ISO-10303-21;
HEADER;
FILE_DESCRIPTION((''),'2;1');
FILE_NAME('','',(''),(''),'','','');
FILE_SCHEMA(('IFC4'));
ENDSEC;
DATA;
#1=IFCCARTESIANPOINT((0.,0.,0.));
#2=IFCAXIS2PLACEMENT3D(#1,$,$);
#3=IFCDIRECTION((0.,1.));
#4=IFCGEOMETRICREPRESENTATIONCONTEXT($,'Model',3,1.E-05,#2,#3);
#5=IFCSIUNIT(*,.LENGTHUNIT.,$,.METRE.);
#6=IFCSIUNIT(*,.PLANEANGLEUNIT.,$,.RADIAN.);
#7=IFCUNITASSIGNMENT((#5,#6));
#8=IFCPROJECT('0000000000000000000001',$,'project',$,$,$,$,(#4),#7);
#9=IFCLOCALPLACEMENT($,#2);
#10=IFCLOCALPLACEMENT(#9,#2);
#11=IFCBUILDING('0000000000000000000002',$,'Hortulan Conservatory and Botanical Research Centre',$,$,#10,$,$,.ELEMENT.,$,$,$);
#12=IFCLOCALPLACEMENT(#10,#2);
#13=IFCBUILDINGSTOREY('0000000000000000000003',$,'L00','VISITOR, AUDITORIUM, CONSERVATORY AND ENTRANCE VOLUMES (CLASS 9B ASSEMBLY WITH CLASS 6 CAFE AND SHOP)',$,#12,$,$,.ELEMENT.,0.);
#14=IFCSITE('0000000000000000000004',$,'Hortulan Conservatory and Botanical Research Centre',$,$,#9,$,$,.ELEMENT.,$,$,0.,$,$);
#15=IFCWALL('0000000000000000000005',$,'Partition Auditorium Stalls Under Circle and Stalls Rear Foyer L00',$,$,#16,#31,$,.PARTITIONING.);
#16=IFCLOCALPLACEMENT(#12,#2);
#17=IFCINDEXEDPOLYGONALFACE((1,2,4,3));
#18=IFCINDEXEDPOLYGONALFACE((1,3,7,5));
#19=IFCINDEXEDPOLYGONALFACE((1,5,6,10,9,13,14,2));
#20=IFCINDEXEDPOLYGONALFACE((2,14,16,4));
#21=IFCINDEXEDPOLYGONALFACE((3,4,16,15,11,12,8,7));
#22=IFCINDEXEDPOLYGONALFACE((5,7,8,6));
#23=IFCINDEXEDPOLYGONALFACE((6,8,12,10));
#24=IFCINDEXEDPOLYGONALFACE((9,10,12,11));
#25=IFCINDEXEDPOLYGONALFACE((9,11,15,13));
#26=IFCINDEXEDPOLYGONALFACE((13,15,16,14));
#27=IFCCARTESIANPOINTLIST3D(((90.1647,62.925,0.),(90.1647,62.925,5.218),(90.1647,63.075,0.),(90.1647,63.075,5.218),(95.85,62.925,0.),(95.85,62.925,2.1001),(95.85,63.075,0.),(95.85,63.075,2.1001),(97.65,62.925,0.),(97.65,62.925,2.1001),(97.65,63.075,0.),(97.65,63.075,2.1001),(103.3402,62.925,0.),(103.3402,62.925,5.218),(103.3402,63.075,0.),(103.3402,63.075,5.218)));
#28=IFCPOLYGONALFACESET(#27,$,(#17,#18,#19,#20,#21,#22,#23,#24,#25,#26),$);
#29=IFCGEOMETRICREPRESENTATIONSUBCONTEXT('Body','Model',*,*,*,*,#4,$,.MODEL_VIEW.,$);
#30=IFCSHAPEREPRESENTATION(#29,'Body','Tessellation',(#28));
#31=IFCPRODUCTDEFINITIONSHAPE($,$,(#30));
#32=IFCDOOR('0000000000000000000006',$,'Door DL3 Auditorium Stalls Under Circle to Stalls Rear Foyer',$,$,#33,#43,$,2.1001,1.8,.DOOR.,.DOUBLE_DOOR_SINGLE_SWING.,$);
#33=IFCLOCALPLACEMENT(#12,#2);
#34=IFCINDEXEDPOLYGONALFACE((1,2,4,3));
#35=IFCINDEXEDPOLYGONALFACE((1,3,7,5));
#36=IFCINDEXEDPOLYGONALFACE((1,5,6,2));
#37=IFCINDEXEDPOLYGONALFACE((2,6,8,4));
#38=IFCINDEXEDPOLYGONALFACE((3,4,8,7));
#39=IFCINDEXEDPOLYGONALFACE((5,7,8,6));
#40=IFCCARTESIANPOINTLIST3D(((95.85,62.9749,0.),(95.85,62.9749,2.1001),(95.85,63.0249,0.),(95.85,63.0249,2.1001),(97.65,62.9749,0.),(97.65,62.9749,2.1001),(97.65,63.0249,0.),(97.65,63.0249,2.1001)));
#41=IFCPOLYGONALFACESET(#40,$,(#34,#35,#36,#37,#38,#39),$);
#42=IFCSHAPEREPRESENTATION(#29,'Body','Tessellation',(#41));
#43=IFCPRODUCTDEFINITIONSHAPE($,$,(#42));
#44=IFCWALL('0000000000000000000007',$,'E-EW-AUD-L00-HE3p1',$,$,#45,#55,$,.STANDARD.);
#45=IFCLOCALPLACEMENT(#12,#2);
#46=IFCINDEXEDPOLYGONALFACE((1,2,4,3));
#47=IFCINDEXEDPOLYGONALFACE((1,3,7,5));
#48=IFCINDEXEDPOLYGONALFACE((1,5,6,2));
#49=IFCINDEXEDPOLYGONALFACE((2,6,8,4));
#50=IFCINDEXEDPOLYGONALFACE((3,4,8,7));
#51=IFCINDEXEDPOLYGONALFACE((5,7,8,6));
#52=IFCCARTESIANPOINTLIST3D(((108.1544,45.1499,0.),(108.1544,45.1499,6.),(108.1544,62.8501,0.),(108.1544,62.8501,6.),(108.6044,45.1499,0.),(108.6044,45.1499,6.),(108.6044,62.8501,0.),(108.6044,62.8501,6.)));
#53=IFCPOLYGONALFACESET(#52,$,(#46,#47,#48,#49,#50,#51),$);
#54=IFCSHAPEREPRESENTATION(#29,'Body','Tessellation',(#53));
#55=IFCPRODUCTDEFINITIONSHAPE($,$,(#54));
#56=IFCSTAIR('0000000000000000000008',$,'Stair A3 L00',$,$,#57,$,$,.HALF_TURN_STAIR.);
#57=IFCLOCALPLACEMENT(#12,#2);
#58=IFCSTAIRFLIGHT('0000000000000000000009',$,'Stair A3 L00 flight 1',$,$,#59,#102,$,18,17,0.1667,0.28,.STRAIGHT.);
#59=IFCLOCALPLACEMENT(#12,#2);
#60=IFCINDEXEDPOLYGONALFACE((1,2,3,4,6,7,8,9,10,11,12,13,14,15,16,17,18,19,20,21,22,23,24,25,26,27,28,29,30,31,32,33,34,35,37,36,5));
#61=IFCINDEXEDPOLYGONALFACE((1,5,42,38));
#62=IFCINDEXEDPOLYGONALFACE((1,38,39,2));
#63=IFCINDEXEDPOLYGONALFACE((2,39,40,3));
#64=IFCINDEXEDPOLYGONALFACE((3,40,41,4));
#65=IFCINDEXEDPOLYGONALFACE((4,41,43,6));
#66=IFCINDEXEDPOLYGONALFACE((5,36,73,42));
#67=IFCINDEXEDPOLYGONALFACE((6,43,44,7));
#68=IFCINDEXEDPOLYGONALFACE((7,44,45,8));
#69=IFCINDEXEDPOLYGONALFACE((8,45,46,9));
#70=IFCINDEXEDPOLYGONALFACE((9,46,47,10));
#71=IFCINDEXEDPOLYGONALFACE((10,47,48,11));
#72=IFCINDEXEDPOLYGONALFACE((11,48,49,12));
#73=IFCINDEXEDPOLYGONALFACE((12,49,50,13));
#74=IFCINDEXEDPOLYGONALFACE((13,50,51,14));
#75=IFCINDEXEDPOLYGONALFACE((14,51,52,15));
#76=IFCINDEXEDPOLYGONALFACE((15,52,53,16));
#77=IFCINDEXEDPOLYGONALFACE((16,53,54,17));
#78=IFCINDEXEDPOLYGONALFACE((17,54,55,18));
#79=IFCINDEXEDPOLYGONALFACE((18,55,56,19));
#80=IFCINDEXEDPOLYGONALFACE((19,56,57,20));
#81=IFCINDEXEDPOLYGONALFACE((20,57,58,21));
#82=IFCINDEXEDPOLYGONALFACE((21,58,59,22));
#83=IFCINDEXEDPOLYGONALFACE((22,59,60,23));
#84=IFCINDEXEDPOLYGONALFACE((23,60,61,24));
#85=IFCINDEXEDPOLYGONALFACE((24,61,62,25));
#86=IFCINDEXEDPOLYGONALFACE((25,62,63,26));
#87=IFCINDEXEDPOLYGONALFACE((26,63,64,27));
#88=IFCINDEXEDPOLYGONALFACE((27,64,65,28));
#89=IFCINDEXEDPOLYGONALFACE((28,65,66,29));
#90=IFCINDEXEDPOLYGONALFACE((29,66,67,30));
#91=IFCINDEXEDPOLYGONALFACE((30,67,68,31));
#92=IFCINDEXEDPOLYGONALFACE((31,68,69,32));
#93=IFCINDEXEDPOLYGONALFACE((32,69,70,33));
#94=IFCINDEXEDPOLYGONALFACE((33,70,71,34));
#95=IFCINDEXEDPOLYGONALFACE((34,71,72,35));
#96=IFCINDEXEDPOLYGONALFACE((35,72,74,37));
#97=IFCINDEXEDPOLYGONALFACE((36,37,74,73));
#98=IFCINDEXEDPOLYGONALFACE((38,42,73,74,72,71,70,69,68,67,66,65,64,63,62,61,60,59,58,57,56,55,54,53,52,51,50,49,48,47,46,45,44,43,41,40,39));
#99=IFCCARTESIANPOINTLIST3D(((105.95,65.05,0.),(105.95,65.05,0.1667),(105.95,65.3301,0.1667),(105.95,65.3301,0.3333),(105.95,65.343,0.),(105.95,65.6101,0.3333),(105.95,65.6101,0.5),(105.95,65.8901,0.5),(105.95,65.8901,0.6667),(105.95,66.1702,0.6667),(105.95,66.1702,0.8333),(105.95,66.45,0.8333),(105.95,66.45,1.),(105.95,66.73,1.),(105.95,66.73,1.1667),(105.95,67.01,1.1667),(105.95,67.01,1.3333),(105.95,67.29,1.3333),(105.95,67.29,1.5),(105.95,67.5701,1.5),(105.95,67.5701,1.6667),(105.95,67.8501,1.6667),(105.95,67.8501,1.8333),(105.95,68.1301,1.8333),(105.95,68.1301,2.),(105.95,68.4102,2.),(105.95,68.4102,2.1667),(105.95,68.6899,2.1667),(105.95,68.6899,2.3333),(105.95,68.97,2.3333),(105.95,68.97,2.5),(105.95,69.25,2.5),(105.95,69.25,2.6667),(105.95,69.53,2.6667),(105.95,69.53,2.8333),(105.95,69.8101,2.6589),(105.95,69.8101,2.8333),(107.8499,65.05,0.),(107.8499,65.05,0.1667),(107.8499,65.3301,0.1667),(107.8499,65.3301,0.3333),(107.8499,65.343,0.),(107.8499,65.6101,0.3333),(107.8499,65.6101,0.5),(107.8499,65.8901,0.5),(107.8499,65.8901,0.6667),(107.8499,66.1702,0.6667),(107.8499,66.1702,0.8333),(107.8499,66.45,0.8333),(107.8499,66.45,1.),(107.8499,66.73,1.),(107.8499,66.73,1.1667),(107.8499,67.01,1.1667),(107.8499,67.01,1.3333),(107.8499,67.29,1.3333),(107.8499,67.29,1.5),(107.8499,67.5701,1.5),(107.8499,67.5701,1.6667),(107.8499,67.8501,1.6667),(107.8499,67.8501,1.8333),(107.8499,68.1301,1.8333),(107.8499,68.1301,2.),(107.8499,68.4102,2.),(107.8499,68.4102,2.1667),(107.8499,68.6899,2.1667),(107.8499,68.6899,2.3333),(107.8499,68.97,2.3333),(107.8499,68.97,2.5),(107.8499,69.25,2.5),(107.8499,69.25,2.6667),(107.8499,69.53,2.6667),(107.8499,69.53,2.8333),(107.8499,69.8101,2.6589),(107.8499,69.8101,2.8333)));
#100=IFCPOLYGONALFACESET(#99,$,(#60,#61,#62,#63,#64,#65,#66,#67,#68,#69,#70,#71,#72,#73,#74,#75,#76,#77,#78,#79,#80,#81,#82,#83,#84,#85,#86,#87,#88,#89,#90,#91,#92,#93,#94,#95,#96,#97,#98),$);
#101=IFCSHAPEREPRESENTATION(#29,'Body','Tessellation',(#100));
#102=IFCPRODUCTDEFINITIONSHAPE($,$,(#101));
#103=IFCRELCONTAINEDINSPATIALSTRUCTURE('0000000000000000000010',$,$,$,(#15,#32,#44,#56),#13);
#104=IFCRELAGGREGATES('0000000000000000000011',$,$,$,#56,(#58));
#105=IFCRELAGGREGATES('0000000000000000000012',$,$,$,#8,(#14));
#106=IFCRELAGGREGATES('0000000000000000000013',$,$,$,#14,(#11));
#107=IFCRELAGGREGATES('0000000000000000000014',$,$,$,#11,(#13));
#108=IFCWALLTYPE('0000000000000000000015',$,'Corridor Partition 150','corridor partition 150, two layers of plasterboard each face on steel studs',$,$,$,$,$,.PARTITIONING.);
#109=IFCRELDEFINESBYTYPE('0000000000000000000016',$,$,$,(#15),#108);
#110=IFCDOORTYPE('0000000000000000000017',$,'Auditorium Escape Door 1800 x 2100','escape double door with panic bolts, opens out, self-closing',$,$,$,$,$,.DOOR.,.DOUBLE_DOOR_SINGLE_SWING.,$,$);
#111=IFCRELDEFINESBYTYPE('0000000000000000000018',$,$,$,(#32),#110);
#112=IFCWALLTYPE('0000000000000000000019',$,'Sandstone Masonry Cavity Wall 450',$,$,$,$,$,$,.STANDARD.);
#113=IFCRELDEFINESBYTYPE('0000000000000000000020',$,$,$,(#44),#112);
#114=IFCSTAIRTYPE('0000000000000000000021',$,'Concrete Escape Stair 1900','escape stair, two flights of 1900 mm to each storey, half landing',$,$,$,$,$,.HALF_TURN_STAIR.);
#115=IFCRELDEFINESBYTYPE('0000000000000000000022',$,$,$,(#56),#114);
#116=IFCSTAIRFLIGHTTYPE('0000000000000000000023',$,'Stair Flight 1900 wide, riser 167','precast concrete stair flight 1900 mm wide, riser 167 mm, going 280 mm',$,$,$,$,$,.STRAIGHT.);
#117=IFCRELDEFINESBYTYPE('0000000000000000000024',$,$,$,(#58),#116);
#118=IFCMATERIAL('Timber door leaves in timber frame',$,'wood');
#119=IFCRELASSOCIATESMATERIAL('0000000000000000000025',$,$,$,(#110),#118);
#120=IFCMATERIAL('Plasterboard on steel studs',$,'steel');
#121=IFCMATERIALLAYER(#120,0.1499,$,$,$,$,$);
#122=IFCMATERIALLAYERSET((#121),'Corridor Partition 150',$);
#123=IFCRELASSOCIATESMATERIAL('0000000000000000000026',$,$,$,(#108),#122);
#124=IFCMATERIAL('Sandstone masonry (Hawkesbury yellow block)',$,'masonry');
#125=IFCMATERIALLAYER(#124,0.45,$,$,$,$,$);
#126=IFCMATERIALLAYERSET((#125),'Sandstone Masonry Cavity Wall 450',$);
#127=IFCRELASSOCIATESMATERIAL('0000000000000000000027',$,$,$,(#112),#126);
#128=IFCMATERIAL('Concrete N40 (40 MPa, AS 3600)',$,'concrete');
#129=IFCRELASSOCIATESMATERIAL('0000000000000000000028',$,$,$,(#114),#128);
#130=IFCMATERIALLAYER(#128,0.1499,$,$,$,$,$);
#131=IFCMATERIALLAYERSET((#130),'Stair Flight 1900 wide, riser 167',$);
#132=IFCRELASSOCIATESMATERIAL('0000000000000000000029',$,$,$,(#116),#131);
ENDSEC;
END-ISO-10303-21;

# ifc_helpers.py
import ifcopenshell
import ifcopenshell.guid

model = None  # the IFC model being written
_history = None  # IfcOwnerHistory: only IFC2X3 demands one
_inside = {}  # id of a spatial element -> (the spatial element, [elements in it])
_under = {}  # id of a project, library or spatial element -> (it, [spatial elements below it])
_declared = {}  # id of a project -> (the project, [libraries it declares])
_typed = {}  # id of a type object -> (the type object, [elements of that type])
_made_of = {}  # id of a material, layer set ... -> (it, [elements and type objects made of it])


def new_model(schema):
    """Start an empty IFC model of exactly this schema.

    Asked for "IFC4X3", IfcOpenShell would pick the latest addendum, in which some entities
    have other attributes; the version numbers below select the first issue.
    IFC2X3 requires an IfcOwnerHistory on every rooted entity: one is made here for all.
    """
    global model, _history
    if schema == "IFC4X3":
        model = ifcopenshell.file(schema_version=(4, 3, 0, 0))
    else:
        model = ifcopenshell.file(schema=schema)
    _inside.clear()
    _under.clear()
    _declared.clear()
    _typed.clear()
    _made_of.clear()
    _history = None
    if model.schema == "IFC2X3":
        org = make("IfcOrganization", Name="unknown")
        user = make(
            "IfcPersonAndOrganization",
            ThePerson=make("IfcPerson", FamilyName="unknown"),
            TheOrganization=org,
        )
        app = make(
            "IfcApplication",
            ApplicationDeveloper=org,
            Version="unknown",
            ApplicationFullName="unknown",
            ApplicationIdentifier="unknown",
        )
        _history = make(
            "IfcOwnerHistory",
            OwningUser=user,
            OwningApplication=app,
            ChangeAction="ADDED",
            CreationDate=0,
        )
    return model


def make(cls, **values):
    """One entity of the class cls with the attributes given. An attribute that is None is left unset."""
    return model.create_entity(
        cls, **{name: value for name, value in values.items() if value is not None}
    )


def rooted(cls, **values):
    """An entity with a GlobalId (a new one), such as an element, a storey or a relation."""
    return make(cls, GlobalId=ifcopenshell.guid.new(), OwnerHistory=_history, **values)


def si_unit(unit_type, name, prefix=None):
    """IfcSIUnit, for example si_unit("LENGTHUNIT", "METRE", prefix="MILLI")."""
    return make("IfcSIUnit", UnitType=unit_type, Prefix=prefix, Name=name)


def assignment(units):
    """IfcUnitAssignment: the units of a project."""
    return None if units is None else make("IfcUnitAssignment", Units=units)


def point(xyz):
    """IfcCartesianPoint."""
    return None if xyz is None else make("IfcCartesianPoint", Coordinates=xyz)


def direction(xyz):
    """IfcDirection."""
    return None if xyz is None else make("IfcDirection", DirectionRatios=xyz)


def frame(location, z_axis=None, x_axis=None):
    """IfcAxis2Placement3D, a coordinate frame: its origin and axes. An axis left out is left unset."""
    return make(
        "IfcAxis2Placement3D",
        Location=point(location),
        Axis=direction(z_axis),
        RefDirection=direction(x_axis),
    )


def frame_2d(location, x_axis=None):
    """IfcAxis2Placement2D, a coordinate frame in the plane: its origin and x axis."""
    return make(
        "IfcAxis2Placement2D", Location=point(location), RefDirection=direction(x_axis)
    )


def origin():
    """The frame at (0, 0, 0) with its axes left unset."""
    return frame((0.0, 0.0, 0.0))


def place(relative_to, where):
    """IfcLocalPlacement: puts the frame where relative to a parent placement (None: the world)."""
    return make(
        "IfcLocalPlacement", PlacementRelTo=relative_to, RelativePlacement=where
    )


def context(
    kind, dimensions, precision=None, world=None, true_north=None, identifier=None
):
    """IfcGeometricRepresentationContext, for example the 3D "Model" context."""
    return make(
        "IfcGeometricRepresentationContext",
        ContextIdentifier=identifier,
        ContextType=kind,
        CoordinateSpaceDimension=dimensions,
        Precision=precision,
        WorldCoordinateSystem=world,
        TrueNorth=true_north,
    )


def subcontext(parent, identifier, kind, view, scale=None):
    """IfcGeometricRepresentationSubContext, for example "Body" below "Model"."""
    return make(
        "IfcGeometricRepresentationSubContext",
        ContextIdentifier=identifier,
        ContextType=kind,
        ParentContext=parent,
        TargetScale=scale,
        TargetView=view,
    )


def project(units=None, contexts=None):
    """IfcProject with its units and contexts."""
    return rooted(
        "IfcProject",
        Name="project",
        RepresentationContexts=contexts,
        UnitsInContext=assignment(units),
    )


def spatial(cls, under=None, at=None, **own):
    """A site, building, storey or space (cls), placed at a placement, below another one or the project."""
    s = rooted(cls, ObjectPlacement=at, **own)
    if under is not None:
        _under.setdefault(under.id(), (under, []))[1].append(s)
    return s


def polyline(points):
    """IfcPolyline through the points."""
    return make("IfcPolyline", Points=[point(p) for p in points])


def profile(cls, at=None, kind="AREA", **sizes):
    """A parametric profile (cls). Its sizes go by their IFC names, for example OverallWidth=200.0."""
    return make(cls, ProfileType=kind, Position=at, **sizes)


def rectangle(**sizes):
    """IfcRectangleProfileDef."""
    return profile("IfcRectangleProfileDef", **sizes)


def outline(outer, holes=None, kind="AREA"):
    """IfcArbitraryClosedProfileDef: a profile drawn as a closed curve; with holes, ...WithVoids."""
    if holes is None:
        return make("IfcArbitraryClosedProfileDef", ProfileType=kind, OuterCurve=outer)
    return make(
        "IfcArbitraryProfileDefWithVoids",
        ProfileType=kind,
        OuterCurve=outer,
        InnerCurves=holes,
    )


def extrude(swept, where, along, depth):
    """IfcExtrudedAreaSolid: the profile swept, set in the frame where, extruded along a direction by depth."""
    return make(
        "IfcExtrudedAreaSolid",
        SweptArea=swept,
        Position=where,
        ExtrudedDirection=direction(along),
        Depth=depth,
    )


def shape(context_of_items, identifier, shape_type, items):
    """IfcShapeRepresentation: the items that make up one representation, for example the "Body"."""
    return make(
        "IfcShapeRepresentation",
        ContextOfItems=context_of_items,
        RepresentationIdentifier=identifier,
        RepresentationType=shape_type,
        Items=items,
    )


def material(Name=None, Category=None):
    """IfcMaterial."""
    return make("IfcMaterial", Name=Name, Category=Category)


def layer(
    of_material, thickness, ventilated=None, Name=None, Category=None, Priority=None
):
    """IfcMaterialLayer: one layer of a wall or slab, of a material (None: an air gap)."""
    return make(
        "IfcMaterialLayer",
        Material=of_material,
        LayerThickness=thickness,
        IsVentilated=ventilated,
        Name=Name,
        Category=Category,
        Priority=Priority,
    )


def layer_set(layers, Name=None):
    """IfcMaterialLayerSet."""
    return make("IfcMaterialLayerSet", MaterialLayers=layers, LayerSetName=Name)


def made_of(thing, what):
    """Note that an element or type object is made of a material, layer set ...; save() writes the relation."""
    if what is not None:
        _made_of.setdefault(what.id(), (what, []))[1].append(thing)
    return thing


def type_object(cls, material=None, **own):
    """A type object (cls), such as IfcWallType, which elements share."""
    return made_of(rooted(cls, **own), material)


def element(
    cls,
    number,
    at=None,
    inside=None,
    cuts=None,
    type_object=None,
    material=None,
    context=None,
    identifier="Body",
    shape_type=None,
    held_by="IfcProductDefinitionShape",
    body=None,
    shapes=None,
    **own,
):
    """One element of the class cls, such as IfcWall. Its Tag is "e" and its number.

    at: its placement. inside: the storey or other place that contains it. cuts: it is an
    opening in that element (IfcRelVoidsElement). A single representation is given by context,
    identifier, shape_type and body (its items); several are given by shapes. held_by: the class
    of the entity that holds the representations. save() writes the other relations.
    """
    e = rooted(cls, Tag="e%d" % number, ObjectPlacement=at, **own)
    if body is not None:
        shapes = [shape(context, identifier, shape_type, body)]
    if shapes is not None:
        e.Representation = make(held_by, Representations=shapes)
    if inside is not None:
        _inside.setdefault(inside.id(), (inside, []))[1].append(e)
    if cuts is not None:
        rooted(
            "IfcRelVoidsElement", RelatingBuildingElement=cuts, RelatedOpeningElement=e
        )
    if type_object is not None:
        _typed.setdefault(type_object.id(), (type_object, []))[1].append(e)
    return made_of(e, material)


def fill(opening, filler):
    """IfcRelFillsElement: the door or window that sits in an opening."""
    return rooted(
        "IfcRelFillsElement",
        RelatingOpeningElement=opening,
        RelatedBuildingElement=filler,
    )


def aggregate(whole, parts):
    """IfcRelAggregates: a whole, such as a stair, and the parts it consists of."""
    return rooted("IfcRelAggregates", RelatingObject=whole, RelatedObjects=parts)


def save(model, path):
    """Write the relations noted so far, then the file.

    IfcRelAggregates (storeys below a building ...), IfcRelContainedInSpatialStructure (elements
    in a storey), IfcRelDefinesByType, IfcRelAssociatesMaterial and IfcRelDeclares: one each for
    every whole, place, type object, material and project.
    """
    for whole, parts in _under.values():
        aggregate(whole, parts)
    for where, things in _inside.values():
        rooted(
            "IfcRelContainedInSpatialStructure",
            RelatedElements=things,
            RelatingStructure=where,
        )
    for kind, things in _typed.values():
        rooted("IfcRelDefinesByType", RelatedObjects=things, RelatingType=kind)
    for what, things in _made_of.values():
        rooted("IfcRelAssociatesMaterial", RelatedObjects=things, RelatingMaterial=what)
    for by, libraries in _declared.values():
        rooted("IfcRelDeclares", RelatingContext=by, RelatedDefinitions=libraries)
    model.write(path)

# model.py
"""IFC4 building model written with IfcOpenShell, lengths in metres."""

from ifc_helpers import new_model, si_unit, direction, frame, frame_2d, origin, place, context, subcontext, project, spatial, polyline, rectangle, outline, extrude, material, layer, layer_set, type_object, element, fill, aggregate, save


model = new_model("IFC4")

# Units and contexts
model_context = context("Model", 3, precision=1e-05, world=origin(), true_north=direction((0.0, 1.0)))
body_context = subcontext(model_context, "Body", "Model", "MODEL_VIEW")
ifc_project = project(units=[si_unit("LENGTHUNIT", "METRE"), si_unit("PLANEANGLEUNIT", "RADIAN")], contexts=[model_context])

# Site, building, storey
site_placement = place(None, origin())
site = spatial("IfcSite", under=ifc_project, at=site_placement, Name="Hortulan Conservatory and Botanical Research Centre", CompositionType="ELEMENT", RefElevation=0.0)
building_placement = place(site_placement, origin())
building = spatial("IfcBuilding", under=site, at=building_placement, Name="Hortulan Conservatory and Botanical Research Centre", CompositionType="ELEMENT")
storey_placement = place(building_placement, origin())
storey = spatial("IfcBuildingStorey", under=building, at=storey_placement, Name="L00", Description="VISITOR, AUDITORIUM, CONSERVATORY AND ENTRANCE VOLUMES (CLASS 9B ASSEMBLY WITH CLASS 6 CAFE AND SHOP)", CompositionType="ELEMENT", Elevation=0.0)

# Shared definitions
ifc_material_1 = material(Name="Concrete N40 (40 MPa, AS 3600)", Category="concrete")

# Shared definitions
ifc_material_2 = material(Name="Timber door leaves in timber frame", Category="wood")
door_type_1 = type_object("IfcDoorType", Name="Auditorium Escape Door 1800 x 2100", Description="escape double door with panic bolts, opens out, self-closing", OperationType="DOUBLE_DOOR_SINGLE_SWING", PredefinedType="DOOR", material=ifc_material_2)

# Wall, opening, door
ifc_material_3 = material(Name="Plasterboard on steel studs", Category="steel")
ifc_layer_1 = layer(ifc_material_3, 0.1499)
ifc_layer_set_1 = layer_set([ifc_layer_1], Name="Corridor Partition 150")
wall_type_1 = type_object("IfcWallType", Name="Corridor Partition 150", Description="corridor partition 150, two layers of plasterboard each face on steel studs", PredefinedType="PARTITIONING", material=ifc_layer_set_1)
wall_1_placement = place(storey_placement, frame((90.1646, 63.0, 0.0), z_axis=(0.0, 0.0, 1.0), x_axis=(1.0, 0.0, 0.0)))
wall_1 = element("IfcWall", 1, at=wall_1_placement, inside=storey, type_object=wall_type_1, Name="Partition Auditorium Stalls Under Circle and Stalls Rear Foyer L00", PredefinedType="PARTITIONING", context=body_context, shape_type="SweptSolid", body=[
    extrude(rectangle(XDim=13.1755, YDim=0.1499, at=frame_2d((6.5879, 0.0))), origin(), (0.0, 0.0, 1.0), 5.218),
])
opening_1_placement = place(wall_1_placement, frame((5.6855, 0.0, 0.0)))
opening_1 = element("IfcOpeningElement", 2, at=opening_1_placement, cuts=wall_1, PredefinedType="OPENING", context=body_context, shape_type="SweptSolid", body=[
    extrude(rectangle(XDim=1.8, YDim=2.1001, at=frame_2d((0.8999, 1.05))), frame((0.0, 0.085, 0.0), z_axis=(0.0, -1.0, 0.0), x_axis=(1.0, 0.0, 0.0)), (0.0, 0.0, 1.0), 0.1699),
])
door_1_placement = place(opening_1_placement, origin())
door_1 = element("IfcDoor", 3, at=door_1_placement, inside=storey, type_object=door_type_1, Name="Door DL3 Auditorium Stalls Under Circle to Stalls Rear Foyer", OperationType="DOUBLE_DOOR_SINGLE_SWING", OverallHeight=2.1001, OverallWidth=1.8, PredefinedType="DOOR", context=body_context, shape_type="SweptSolid", body=[
    extrude(rectangle(XDim=1.8, YDim=2.1001, at=frame_2d((0.8999, 1.05))), frame((0.0, 0.0249, 0.0), z_axis=(0.0, -1.0, 0.0), x_axis=(1.0, 0.0, 0.0)), (0.0, 0.0, 1.0), 0.05),
])
fill(opening_1, door_1)

# Wall
ifc_material_4 = material(Name="Sandstone masonry (Hawkesbury yellow block)", Category="masonry")
ifc_layer_2 = layer(ifc_material_4, 0.45)
ifc_layer_set_2 = layer_set([ifc_layer_2], Name="Sandstone Masonry Cavity Wall 450")
wall_type_2 = type_object("IfcWallType", Name="Sandstone Masonry Cavity Wall 450", PredefinedType="STANDARD", material=ifc_layer_set_2)
wall_2_placement = place(storey_placement, frame((108.3794, 62.8501, 0.0), z_axis=(0.0, 0.0, 1.0), x_axis=(0.0, -1.0, 0.0)))
element("IfcWall", 4, at=wall_2_placement, inside=storey, type_object=wall_type_2, Name="E-EW-AUD-L00-HE3p1", PredefinedType="STANDARD", context=body_context, shape_type="SweptSolid", body=[
    extrude(rectangle(XDim=17.7002, YDim=0.45, at=frame_2d((8.8501, 0.0))), origin(), (0.0, 0.0, 1.0), 6.0),
])

# Stair, stair flight
stair_type = type_object("IfcStairType", Name="Concrete Escape Stair 1900", Description="escape stair, two flights of 1900 mm to each storey, half landing", PredefinedType="HALF_TURN_STAIR", material=ifc_material_1)
stair_placement = place(storey_placement, origin())
stair = element("IfcStair", 5, at=stair_placement, inside=storey, type_object=stair_type, Name="Stair A3 L00", PredefinedType="HALF_TURN_STAIR")
ifc_layer_3 = layer(ifc_material_1, 0.1499)
ifc_layer_set_3 = layer_set([ifc_layer_3], Name="Stair Flight 1900 wide, riser 167")
stair_flight_type = type_object("IfcStairFlightType", Name="Stair Flight 1900 wide, riser 167", Description="precast concrete stair flight 1900 mm wide, riser 167 mm, going 280 mm", PredefinedType="STRAIGHT", material=ifc_layer_set_3)
stair_flight_placement = place(storey_placement, frame((106.8999, 65.05, 0.0), z_axis=(0.0, 0.0, 1.0), x_axis=(0.0, 1.0, 0.0)))
stair_flight = element("IfcStairFlight", 6, at=stair_flight_placement, type_object=stair_flight_type, Name="Stair A3 L00 flight 1", NumberOfRisers=18, NumberOfTreads=17, PredefinedType="STRAIGHT", RiserHeight=0.1667, TreadLength=0.28, context=body_context, shape_type="SweptSolid", body=[
    extrude(outline(polyline([(0.0, 0.0), (0.0, 0.1667), (0.28, 0.1667), (0.28, 0.3333), (0.5601, 0.3333), (0.5601, 0.5), (0.8401, 0.5), (0.8401, 0.6667), (1.1201, 0.6667), (1.1201, 0.8333), (1.3999, 0.8333), (1.3999, 1.0), (1.6799, 1.0), (1.6799, 1.1667), (1.96, 1.1667), (1.96, 1.3333), (2.24, 1.3333), (2.24, 1.5), (2.52, 1.5), (2.52, 1.6667), (2.8, 1.6667), (2.8, 1.8333), (3.0801, 1.8333), (3.0801, 2.0), (3.3601, 2.0), (3.3601, 2.1667), (3.6399, 2.1667), (3.6399, 2.3333), (3.9199, 2.3333), (3.9199, 2.5), (4.2, 2.5), (4.2, 2.6667), (4.48, 2.6667), (4.48, 2.8333), (4.76, 2.8333), (4.76, 3.0), (4.76, 2.6589), (0.293, 0.0), (0.0, 0.0)])), frame((0.0, 0.95, 0.0), z_axis=(0.0, -1.0, 0.0), x_axis=(1.0, 0.0, 0.0)), (0.0, 0.0, 1.0), 1.8999),
])
aggregate(stair, [stair_flight])

save(model, "model.ifc")
